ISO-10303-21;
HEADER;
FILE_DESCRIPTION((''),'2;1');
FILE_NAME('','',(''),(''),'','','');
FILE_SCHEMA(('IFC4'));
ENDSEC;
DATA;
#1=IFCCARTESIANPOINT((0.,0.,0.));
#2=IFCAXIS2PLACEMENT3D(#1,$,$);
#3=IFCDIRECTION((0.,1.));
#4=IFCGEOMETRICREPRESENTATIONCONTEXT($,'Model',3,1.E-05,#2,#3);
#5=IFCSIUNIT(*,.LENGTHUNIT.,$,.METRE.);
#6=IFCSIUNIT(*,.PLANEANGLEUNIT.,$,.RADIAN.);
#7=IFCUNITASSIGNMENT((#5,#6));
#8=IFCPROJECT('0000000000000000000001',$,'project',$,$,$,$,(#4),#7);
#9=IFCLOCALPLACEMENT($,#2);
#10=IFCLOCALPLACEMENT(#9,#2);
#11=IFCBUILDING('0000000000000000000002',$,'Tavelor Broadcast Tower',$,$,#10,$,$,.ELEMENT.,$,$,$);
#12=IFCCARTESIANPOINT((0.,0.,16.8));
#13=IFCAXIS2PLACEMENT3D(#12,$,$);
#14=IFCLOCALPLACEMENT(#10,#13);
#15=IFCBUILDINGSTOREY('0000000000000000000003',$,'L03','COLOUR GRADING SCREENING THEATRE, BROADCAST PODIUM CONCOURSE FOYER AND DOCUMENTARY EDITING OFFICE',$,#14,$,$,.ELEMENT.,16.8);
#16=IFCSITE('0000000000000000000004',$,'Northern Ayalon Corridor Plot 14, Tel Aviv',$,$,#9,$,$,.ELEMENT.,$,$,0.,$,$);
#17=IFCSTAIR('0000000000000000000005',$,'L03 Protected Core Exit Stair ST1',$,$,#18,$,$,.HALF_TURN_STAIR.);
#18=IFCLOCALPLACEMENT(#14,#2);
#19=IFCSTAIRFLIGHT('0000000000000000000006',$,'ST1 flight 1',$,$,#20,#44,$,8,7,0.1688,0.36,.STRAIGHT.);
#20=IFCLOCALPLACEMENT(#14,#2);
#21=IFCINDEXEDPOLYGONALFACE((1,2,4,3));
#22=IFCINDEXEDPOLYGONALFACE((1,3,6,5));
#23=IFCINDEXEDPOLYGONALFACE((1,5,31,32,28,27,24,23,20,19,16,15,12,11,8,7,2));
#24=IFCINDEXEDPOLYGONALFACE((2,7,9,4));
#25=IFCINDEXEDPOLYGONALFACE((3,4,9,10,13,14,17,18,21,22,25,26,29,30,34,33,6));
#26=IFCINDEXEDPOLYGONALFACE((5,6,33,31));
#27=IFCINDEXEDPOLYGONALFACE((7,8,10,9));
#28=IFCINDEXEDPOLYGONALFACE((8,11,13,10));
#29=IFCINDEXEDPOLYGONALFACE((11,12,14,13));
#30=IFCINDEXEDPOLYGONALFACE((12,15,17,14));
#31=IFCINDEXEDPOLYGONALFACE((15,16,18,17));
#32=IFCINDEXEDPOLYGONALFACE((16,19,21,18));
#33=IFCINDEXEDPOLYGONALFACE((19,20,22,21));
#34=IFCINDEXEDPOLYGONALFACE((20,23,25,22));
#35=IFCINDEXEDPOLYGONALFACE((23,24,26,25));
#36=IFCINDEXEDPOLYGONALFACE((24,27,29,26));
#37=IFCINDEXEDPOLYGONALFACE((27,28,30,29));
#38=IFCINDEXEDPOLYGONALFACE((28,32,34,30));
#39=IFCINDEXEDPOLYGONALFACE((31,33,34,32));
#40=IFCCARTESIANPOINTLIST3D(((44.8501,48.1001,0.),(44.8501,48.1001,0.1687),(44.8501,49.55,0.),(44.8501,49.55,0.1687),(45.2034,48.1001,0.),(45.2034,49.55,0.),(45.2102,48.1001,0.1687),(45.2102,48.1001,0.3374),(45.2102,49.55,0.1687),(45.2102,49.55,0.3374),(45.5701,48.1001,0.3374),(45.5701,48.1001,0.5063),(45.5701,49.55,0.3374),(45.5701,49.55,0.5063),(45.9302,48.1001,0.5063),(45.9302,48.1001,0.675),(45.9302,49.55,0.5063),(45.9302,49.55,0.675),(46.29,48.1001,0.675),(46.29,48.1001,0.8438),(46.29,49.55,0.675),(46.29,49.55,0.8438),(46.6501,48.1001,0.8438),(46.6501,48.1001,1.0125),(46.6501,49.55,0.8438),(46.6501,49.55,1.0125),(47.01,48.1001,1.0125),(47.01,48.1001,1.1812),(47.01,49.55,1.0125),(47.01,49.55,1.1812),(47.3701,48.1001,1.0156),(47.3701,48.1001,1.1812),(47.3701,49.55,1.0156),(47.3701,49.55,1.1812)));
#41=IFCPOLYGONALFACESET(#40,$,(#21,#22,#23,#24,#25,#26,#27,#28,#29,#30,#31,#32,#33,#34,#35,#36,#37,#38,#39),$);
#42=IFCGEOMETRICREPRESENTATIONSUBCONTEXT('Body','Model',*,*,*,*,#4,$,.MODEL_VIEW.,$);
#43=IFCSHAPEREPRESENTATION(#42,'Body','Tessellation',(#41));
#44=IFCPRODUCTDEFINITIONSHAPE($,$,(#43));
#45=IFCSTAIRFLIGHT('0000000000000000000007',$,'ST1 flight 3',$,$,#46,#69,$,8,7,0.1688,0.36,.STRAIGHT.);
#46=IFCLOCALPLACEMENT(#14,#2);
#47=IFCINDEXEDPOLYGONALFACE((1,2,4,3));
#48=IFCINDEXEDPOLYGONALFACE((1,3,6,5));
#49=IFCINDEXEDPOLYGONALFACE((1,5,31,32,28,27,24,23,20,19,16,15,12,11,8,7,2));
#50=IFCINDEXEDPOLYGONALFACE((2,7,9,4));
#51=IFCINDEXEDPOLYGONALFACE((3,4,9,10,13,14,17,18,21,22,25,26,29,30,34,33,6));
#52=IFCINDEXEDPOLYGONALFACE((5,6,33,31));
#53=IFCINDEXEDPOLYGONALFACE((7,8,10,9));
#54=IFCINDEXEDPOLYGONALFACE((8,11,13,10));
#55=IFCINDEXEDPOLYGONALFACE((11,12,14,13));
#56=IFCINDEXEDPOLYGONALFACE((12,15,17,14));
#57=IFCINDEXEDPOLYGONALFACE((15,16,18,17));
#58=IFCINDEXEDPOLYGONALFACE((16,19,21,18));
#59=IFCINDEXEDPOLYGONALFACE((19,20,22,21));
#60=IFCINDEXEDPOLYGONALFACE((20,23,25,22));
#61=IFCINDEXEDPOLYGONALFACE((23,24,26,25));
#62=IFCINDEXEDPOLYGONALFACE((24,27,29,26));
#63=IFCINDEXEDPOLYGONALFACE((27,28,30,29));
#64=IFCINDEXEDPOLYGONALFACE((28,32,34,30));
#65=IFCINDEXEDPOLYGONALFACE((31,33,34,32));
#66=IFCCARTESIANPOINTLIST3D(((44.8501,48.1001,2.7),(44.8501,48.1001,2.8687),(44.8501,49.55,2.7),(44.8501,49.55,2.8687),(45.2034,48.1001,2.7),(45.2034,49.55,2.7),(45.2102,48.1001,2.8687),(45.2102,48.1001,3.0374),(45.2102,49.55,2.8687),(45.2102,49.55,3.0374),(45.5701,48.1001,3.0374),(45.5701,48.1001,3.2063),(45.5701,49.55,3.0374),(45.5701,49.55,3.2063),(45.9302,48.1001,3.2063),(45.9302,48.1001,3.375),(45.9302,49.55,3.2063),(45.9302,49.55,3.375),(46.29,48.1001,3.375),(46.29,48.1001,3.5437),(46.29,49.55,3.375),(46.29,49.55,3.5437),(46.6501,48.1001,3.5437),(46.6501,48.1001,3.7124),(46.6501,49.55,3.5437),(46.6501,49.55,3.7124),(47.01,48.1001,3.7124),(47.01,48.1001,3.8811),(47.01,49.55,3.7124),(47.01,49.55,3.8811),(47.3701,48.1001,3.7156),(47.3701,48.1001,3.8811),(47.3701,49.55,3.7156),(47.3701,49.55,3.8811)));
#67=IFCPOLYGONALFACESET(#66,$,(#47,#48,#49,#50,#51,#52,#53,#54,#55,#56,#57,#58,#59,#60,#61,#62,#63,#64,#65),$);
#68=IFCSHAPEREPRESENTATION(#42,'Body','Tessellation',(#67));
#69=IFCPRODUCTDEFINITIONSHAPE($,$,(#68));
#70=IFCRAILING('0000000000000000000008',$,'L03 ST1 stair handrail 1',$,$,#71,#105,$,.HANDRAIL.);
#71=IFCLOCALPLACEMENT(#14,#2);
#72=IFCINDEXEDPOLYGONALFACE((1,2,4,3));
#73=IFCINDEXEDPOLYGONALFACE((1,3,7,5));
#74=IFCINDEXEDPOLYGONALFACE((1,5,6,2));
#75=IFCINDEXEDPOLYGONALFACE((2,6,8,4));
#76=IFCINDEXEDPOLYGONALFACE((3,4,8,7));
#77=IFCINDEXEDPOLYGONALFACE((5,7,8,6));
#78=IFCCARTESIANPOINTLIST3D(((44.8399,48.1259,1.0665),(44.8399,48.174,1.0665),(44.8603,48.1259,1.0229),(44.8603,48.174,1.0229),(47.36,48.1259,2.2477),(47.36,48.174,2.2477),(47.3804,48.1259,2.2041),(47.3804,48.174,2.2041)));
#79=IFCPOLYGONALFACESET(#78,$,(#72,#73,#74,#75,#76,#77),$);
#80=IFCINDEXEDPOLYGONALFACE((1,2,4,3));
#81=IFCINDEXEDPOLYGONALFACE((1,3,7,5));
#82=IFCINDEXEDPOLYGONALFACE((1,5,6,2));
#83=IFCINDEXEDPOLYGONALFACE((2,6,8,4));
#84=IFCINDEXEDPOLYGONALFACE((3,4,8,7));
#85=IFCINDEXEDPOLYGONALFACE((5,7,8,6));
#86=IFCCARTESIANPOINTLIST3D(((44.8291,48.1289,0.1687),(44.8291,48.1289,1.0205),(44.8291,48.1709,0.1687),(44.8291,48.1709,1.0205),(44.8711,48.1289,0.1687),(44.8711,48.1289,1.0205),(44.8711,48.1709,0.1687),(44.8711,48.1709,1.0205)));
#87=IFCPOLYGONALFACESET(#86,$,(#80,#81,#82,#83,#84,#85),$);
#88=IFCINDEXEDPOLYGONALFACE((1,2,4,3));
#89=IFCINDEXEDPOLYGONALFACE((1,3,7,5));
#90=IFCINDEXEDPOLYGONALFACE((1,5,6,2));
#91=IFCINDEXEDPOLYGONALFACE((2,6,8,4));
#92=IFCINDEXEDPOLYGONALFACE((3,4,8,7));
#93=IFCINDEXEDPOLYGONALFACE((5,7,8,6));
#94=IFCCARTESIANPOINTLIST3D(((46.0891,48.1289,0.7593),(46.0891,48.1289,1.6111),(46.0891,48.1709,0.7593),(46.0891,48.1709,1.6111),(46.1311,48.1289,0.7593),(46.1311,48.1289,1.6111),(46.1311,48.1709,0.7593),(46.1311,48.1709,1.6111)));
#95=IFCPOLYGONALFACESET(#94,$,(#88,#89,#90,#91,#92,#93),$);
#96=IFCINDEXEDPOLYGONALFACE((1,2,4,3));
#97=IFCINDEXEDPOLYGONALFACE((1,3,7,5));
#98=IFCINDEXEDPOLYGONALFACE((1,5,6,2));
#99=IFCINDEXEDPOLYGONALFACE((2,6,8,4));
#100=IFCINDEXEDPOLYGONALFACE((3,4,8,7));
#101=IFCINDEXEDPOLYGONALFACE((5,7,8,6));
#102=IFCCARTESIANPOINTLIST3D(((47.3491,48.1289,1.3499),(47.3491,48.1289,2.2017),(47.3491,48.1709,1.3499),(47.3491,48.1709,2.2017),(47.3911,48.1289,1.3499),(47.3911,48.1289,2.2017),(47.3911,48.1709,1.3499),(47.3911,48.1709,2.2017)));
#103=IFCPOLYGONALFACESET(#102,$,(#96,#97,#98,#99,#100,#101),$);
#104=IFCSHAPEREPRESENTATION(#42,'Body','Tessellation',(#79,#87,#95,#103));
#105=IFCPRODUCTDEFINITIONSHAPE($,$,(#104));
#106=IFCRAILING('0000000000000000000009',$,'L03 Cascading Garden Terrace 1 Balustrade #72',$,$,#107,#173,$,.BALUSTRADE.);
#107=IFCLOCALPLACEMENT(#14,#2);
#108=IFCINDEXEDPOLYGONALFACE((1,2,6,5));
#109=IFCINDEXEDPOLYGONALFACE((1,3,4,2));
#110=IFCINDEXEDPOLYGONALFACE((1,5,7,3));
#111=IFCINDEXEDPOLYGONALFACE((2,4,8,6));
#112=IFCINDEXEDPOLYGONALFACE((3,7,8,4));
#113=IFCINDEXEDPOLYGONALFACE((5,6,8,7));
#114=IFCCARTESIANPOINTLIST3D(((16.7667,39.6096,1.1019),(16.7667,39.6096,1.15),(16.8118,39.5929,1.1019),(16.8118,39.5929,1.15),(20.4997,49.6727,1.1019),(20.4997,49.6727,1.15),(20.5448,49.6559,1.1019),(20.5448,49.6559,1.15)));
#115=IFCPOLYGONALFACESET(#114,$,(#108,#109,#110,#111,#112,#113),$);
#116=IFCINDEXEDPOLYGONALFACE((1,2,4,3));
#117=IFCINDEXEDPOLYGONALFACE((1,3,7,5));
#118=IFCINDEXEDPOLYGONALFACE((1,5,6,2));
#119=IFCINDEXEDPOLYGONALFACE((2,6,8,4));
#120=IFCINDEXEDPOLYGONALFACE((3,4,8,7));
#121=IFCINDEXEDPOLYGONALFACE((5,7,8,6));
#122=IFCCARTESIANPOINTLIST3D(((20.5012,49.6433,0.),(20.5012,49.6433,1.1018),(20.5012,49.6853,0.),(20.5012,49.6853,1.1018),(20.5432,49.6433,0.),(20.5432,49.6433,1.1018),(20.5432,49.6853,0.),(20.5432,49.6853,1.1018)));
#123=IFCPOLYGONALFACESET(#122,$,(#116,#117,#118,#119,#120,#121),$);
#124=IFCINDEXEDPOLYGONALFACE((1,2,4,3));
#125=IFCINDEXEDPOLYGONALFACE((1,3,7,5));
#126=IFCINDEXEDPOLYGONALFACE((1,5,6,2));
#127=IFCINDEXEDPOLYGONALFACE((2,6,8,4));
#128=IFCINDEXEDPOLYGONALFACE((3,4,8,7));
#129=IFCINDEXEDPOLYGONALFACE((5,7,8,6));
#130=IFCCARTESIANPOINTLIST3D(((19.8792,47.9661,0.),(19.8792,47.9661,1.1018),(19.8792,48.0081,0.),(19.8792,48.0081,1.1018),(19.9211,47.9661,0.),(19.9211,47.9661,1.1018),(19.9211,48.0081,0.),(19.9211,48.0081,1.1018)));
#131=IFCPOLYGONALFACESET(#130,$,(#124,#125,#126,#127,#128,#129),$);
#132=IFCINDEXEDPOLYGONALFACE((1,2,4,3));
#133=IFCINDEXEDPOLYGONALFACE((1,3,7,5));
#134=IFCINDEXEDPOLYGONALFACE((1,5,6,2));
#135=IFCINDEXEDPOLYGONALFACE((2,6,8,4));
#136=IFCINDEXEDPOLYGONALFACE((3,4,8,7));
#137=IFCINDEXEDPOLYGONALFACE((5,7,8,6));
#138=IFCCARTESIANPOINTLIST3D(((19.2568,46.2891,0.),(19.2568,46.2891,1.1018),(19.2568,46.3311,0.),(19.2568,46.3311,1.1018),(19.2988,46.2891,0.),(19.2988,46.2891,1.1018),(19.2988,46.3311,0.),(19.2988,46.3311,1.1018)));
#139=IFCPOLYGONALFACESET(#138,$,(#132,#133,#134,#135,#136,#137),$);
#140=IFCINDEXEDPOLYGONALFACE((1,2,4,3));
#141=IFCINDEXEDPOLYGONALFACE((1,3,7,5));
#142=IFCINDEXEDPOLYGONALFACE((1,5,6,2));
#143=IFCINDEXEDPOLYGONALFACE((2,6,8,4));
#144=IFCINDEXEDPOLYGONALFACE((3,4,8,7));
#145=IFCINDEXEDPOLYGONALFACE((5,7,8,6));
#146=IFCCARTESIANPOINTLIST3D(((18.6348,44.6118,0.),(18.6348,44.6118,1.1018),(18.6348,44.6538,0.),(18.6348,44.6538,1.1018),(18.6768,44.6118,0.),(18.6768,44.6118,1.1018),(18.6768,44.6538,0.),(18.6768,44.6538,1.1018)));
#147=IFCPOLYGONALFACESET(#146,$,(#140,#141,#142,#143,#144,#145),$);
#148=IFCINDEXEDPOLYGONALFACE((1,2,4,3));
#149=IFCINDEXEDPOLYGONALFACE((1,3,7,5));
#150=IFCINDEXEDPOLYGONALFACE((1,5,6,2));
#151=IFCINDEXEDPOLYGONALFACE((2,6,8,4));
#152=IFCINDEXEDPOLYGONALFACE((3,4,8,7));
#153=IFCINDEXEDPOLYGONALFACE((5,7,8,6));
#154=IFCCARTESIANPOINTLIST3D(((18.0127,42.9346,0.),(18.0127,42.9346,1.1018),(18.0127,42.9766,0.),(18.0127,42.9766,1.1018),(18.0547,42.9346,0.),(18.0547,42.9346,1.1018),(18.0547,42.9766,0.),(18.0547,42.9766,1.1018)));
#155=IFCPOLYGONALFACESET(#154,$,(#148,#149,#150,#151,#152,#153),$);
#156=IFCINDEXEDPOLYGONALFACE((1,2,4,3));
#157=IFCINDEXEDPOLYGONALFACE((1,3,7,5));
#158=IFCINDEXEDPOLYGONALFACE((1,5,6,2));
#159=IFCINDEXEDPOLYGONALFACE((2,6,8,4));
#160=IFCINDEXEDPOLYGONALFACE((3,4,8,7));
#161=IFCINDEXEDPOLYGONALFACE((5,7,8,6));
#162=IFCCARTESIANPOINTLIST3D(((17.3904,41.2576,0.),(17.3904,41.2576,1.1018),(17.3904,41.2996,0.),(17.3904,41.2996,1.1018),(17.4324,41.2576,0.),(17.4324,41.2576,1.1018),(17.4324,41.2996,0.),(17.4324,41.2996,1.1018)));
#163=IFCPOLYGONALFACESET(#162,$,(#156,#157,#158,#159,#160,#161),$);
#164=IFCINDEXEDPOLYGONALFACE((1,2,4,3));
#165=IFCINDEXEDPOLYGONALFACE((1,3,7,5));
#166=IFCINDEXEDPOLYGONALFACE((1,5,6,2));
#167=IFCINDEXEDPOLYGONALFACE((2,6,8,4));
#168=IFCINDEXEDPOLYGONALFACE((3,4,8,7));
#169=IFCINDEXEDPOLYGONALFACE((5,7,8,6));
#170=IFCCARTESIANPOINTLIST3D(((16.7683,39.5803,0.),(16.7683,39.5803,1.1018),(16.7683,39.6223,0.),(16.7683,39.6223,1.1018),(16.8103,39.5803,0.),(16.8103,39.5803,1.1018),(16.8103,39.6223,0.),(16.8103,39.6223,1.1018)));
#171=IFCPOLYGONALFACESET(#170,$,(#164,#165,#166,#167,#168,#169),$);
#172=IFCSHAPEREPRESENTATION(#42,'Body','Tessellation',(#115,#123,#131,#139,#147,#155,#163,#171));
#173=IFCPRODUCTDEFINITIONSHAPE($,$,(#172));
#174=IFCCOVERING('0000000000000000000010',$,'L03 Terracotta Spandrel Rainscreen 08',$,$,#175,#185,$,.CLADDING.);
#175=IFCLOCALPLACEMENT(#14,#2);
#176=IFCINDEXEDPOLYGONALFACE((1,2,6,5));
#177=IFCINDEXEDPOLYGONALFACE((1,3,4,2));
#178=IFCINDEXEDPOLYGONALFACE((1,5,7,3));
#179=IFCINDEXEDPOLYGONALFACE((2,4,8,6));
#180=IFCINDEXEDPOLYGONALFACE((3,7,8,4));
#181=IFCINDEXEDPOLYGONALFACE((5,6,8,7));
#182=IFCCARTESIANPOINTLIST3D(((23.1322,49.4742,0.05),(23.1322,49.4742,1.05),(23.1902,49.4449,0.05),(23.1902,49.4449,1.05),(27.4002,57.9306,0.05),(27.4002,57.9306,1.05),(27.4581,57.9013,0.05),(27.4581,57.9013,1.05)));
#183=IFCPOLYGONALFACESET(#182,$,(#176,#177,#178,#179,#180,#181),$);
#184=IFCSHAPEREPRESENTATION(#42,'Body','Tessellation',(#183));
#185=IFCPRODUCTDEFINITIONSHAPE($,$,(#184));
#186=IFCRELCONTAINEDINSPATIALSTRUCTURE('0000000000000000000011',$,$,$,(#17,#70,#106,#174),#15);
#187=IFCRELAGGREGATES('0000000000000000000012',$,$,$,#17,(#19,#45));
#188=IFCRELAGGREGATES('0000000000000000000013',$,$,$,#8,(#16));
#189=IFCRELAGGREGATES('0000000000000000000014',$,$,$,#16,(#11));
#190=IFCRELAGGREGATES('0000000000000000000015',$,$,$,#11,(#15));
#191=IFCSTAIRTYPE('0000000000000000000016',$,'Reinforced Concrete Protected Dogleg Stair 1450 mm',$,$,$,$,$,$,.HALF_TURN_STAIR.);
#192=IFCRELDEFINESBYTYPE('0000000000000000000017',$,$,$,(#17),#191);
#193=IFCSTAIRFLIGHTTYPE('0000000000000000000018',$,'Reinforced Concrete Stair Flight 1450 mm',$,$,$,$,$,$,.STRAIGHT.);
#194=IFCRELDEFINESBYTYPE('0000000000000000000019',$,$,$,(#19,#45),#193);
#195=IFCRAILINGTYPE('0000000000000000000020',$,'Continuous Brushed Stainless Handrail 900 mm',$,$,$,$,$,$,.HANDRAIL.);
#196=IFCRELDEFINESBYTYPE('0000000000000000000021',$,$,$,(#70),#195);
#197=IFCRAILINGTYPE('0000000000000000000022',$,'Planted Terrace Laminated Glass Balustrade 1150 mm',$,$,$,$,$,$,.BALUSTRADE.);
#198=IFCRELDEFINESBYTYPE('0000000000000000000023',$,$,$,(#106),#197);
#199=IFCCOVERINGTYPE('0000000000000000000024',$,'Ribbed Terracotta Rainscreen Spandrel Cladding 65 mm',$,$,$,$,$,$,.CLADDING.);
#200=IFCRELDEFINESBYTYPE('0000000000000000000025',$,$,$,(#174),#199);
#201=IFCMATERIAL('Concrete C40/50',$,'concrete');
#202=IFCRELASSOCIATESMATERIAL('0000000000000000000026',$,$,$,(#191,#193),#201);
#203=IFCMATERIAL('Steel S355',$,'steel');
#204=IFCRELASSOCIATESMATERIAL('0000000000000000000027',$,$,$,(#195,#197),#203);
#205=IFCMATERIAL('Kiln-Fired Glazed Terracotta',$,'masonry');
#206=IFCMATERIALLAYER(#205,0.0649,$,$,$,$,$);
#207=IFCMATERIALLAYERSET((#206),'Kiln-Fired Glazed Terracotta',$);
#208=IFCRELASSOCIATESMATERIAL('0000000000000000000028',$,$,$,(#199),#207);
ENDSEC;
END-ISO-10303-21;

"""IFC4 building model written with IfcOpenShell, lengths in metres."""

from ifc_helpers import new_model, si_unit, direction, frame, origin, origin_2d, place, context, subcontext, project, spatial, polyline, rectangle, outline, extrude, material, layer, layer_set, type_object, element, aggregate, save


model = new_model("IFC4")

# Units and contexts
model_context = context("Model", 3, precision=1e-05, world=origin(), true_north=direction((0.0, 1.0)))
body_context = subcontext(model_context, "Body", "Model", "MODEL_VIEW")
ifc_project = project(units=[si_unit("LENGTHUNIT", "METRE"), si_unit("PLANEANGLEUNIT", "RADIAN")], contexts=[model_context])

# Site, building, storey
site_placement = place(None, origin())
site = spatial("IfcSite", under=ifc_project, at=site_placement, Name="Northern Ayalon Corridor Plot 14, Tel Aviv", CompositionType="ELEMENT", RefElevation=0.0)
building_placement = place(site_placement, origin())
building = spatial("IfcBuilding", under=site, at=building_placement, Name="Tavelor Broadcast Tower", CompositionType="ELEMENT")
storey_placement = place(building_placement, frame((0.0, 0.0, 16.8)))
storey = spatial("IfcBuildingStorey", under=building, at=storey_placement, Name="L03", Description="COLOUR GRADING SCREENING THEATRE, BROADCAST PODIUM CONCOURSE FOYER AND DOCUMENTARY EDITING OFFICE", CompositionType="ELEMENT", Elevation=16.8)

# Shared definitions
ifc_material_1 = material(Name="Steel S355", Category="steel")

# Stair, stair flights
ifc_material_2 = material(Name="Concrete C40/50", Category="concrete")
stair_type = type_object("IfcStairType", Name="Reinforced Concrete Protected Dogleg Stair 1450 mm", PredefinedType="HALF_TURN_STAIR", material=ifc_material_2)
stair_placement = place(storey_placement, origin())
stair = element("IfcStair", 1, at=stair_placement, inside=storey, type_object=stair_type, Name="L03 Protected Core Exit Stair ST1", PredefinedType="HALF_TURN_STAIR")
stair_flight_type = type_object("IfcStairFlightType", Name="Reinforced Concrete Stair Flight 1450 mm", PredefinedType="STRAIGHT", material=ifc_material_2)
stair_flight_1_placement = place(storey_placement, frame((44.8501, 48.825, 0.0), z_axis=(0.0, 0.0, 1.0), x_axis=(1.0, 0.0, 0.0)))
stair_flight_1 = element("IfcStairFlight", 2, at=stair_flight_1_placement, type_object=stair_flight_type, Name="ST1 flight 1", NumberOfRisers=8, NumberOfTreads=7, PredefinedType="STRAIGHT", RiserHeight=0.1688, TreadLength=0.36, context=body_context, shape_type="SweptSolid", body=[
    extrude(outline(polyline([(0.0, 0.0), (0.0, 0.1687), (0.3601, 0.1687), (0.3601, 0.3374), (0.72, 0.3374), (0.72, 0.5063), (1.0801, 0.5063), (1.0801, 0.675), (1.4399, 0.675), (1.4399, 0.8438), (1.8, 0.8438), (1.8, 1.0125), (2.1599, 1.0125), (2.1599, 1.1812), (2.52, 1.1812), (2.52, 1.3501), (2.52, 1.0156), (0.3533, 0.0), (0.0, 0.0)])), frame((0.0, 0.7251, 0.0), z_axis=(0.0, -1.0, 0.0), x_axis=(1.0, 0.0, 0.0)), (0.0, 0.0, 1.0), 1.45),
])
stair_flight_2_placement = place(storey_placement, frame((44.8501, 48.825, 2.7), z_axis=(0.0, 0.0, 1.0), x_axis=(1.0, 0.0, 0.0)))
stair_flight_2 = element("IfcStairFlight", 3, at=stair_flight_2_placement, type_object=stair_flight_type, Name="ST1 flight 3", NumberOfRisers=8, NumberOfTreads=7, PredefinedType="STRAIGHT", RiserHeight=0.1688, TreadLength=0.36, context=body_context, shape_type="SweptSolid", body=[
    extrude(outline(polyline([(0.0, 0.0), (0.0, 0.1687), (0.3601, 0.1687), (0.3601, 0.3374), (0.72, 0.3374), (0.72, 0.5063), (1.0801, 0.5063), (1.0801, 0.675), (1.4399, 0.675), (1.4399, 0.8438), (1.8, 0.8438), (1.8, 1.0125), (2.1599, 1.0125), (2.1599, 1.1812), (2.52, 1.1812), (2.52, 1.3501), (2.52, 1.0156), (0.3533, 0.0), (0.0, 0.0)])), frame((0.0, 0.7251, 0.0), z_axis=(0.0, -1.0, 0.0), x_axis=(1.0, 0.0, 0.0)), (0.0, 0.0, 1.0), 1.45),
])
aggregate(stair, [stair_flight_1, stair_flight_2])

# Railings
railing_type_1 = type_object("IfcRailingType", Name="Continuous Brushed Stainless Handrail 900 mm", PredefinedType="HANDRAIL", material=ifc_material_1)
railing_1_placement = place(storey_placement, frame((44.8501, 48.1499, 0.1687)))
element("IfcRailing", 4, at=railing_1_placement, inside=storey, type_object=railing_type_1, Name="L03 ST1 stair handrail 1", PredefinedType="HANDRAIL", context=body_context, shape_type="SweptSolid", body=[
    extrude(rectangle(XDim=0.0481, YDim=0.0481, at=origin_2d()), frame((0.0, 0.0, 0.876), z_axis=(0.905474, 0.0, 0.424402), x_axis=(0.0, 1.0, 0.0)), (0.0, 0.0, 1.0), 2.7832),
    extrude(rectangle(XDim=0.042, YDim=0.042, at=origin_2d()), origin(), (0.0, 0.0, 1.0), 0.8518),
    extrude(rectangle(XDim=0.042, YDim=0.042, at=origin_2d()), frame((1.26, 0.0, 0.5906)), (0.0, 0.0, 1.0), 0.8518),
    extrude(rectangle(XDim=0.042, YDim=0.042, at=origin_2d()), frame((2.52, 0.0, 1.1812)), (0.0, 0.0, 1.0), 0.8518),
])
railing_type_2 = type_object("IfcRailingType", Name="Planted Terrace Laminated Glass Balustrade 1150 mm", PredefinedType="BALUSTRADE", material=ifc_material_1)
railing_2_placement = place(storey_placement, frame((20.5222, 49.6643, 0.0)))
element("IfcRailing", 5, at=railing_2_placement, inside=storey, type_object=railing_type_2, Name="L03 Cascading Garden Terrace 1 Balustrade #72", PredefinedType="BALUSTRADE", context=body_context, shape_type="SweptSolid", body=[
    extrude(rectangle(XDim=0.0481, YDim=0.0481, at=origin_2d()), frame((0.0, 0.0, 1.126), z_axis=(-0.347796, -0.93757, 0.0), x_axis=(0.93757, -0.347796, 0.0)), (0.0, 0.0, 1.0), 10.7332),
    extrude(rectangle(XDim=0.042, YDim=0.042, at=origin_2d()), origin(), (0.0, 0.0, 1.0), 1.1018),
    extrude(rectangle(XDim=0.042, YDim=0.042, at=origin_2d()), frame((-0.6221, -1.6772, 0.0)), (0.0, 0.0, 1.0), 1.1018),
    extrude(rectangle(XDim=0.042, YDim=0.042, at=origin_2d()), frame((-1.2444, -3.3542, 0.0)), (0.0, 0.0, 1.0), 1.1018),
    extrude(rectangle(XDim=0.042, YDim=0.042, at=origin_2d()), frame((-1.8665, -5.0315, 0.0)), (0.0, 0.0, 1.0), 1.1018),
    extrude(rectangle(XDim=0.042, YDim=0.042, at=origin_2d()), frame((-2.4885, -6.7087, 0.0)), (0.0, 0.0, 1.0), 1.1018),
    extrude(rectangle(XDim=0.042, YDim=0.042, at=origin_2d()), frame((-3.1108, -8.3857, 0.0)), (0.0, 0.0, 1.0), 1.1018),
    extrude(rectangle(XDim=0.042, YDim=0.042, at=origin_2d()), frame((-3.7329, -10.063, 0.0)), (0.0, 0.0, 1.0), 1.1018),
])

# Covering
ifc_material_3 = material(Name="Kiln-Fired Glazed Terracotta", Category="masonry")
ifc_layer_1 = layer(ifc_material_3, 0.0649)
ifc_layer_set_1 = layer_set([ifc_layer_1], Name="Kiln-Fired Glazed Terracotta")
covering_type = type_object("IfcCoveringType", Name="Ribbed Terracotta Rainscreen Spandrel Cladding 65 mm", PredefinedType="CLADDING", material=ifc_layer_set_1)
covering_placement = place(storey_placement, frame((25.2952, 53.6877, 0.05), z_axis=(0.0, 0.0, 1.0), x_axis=(-0.450566, -0.892743, 0.0)))
element("IfcCovering", 6, at=covering_placement, inside=storey, type_object=covering_type, Name="L03 Terracotta Spandrel Rainscreen 08", PredefinedType="CLADDING", context=body_context, shape_type="SweptSolid", body=[
    extrude(rectangle(XDim=9.4724, YDim=0.0649, at=origin_2d()), origin(), (0.0, 0.0, 1.0), 1.0),
])

save(model, "model.ifc")
